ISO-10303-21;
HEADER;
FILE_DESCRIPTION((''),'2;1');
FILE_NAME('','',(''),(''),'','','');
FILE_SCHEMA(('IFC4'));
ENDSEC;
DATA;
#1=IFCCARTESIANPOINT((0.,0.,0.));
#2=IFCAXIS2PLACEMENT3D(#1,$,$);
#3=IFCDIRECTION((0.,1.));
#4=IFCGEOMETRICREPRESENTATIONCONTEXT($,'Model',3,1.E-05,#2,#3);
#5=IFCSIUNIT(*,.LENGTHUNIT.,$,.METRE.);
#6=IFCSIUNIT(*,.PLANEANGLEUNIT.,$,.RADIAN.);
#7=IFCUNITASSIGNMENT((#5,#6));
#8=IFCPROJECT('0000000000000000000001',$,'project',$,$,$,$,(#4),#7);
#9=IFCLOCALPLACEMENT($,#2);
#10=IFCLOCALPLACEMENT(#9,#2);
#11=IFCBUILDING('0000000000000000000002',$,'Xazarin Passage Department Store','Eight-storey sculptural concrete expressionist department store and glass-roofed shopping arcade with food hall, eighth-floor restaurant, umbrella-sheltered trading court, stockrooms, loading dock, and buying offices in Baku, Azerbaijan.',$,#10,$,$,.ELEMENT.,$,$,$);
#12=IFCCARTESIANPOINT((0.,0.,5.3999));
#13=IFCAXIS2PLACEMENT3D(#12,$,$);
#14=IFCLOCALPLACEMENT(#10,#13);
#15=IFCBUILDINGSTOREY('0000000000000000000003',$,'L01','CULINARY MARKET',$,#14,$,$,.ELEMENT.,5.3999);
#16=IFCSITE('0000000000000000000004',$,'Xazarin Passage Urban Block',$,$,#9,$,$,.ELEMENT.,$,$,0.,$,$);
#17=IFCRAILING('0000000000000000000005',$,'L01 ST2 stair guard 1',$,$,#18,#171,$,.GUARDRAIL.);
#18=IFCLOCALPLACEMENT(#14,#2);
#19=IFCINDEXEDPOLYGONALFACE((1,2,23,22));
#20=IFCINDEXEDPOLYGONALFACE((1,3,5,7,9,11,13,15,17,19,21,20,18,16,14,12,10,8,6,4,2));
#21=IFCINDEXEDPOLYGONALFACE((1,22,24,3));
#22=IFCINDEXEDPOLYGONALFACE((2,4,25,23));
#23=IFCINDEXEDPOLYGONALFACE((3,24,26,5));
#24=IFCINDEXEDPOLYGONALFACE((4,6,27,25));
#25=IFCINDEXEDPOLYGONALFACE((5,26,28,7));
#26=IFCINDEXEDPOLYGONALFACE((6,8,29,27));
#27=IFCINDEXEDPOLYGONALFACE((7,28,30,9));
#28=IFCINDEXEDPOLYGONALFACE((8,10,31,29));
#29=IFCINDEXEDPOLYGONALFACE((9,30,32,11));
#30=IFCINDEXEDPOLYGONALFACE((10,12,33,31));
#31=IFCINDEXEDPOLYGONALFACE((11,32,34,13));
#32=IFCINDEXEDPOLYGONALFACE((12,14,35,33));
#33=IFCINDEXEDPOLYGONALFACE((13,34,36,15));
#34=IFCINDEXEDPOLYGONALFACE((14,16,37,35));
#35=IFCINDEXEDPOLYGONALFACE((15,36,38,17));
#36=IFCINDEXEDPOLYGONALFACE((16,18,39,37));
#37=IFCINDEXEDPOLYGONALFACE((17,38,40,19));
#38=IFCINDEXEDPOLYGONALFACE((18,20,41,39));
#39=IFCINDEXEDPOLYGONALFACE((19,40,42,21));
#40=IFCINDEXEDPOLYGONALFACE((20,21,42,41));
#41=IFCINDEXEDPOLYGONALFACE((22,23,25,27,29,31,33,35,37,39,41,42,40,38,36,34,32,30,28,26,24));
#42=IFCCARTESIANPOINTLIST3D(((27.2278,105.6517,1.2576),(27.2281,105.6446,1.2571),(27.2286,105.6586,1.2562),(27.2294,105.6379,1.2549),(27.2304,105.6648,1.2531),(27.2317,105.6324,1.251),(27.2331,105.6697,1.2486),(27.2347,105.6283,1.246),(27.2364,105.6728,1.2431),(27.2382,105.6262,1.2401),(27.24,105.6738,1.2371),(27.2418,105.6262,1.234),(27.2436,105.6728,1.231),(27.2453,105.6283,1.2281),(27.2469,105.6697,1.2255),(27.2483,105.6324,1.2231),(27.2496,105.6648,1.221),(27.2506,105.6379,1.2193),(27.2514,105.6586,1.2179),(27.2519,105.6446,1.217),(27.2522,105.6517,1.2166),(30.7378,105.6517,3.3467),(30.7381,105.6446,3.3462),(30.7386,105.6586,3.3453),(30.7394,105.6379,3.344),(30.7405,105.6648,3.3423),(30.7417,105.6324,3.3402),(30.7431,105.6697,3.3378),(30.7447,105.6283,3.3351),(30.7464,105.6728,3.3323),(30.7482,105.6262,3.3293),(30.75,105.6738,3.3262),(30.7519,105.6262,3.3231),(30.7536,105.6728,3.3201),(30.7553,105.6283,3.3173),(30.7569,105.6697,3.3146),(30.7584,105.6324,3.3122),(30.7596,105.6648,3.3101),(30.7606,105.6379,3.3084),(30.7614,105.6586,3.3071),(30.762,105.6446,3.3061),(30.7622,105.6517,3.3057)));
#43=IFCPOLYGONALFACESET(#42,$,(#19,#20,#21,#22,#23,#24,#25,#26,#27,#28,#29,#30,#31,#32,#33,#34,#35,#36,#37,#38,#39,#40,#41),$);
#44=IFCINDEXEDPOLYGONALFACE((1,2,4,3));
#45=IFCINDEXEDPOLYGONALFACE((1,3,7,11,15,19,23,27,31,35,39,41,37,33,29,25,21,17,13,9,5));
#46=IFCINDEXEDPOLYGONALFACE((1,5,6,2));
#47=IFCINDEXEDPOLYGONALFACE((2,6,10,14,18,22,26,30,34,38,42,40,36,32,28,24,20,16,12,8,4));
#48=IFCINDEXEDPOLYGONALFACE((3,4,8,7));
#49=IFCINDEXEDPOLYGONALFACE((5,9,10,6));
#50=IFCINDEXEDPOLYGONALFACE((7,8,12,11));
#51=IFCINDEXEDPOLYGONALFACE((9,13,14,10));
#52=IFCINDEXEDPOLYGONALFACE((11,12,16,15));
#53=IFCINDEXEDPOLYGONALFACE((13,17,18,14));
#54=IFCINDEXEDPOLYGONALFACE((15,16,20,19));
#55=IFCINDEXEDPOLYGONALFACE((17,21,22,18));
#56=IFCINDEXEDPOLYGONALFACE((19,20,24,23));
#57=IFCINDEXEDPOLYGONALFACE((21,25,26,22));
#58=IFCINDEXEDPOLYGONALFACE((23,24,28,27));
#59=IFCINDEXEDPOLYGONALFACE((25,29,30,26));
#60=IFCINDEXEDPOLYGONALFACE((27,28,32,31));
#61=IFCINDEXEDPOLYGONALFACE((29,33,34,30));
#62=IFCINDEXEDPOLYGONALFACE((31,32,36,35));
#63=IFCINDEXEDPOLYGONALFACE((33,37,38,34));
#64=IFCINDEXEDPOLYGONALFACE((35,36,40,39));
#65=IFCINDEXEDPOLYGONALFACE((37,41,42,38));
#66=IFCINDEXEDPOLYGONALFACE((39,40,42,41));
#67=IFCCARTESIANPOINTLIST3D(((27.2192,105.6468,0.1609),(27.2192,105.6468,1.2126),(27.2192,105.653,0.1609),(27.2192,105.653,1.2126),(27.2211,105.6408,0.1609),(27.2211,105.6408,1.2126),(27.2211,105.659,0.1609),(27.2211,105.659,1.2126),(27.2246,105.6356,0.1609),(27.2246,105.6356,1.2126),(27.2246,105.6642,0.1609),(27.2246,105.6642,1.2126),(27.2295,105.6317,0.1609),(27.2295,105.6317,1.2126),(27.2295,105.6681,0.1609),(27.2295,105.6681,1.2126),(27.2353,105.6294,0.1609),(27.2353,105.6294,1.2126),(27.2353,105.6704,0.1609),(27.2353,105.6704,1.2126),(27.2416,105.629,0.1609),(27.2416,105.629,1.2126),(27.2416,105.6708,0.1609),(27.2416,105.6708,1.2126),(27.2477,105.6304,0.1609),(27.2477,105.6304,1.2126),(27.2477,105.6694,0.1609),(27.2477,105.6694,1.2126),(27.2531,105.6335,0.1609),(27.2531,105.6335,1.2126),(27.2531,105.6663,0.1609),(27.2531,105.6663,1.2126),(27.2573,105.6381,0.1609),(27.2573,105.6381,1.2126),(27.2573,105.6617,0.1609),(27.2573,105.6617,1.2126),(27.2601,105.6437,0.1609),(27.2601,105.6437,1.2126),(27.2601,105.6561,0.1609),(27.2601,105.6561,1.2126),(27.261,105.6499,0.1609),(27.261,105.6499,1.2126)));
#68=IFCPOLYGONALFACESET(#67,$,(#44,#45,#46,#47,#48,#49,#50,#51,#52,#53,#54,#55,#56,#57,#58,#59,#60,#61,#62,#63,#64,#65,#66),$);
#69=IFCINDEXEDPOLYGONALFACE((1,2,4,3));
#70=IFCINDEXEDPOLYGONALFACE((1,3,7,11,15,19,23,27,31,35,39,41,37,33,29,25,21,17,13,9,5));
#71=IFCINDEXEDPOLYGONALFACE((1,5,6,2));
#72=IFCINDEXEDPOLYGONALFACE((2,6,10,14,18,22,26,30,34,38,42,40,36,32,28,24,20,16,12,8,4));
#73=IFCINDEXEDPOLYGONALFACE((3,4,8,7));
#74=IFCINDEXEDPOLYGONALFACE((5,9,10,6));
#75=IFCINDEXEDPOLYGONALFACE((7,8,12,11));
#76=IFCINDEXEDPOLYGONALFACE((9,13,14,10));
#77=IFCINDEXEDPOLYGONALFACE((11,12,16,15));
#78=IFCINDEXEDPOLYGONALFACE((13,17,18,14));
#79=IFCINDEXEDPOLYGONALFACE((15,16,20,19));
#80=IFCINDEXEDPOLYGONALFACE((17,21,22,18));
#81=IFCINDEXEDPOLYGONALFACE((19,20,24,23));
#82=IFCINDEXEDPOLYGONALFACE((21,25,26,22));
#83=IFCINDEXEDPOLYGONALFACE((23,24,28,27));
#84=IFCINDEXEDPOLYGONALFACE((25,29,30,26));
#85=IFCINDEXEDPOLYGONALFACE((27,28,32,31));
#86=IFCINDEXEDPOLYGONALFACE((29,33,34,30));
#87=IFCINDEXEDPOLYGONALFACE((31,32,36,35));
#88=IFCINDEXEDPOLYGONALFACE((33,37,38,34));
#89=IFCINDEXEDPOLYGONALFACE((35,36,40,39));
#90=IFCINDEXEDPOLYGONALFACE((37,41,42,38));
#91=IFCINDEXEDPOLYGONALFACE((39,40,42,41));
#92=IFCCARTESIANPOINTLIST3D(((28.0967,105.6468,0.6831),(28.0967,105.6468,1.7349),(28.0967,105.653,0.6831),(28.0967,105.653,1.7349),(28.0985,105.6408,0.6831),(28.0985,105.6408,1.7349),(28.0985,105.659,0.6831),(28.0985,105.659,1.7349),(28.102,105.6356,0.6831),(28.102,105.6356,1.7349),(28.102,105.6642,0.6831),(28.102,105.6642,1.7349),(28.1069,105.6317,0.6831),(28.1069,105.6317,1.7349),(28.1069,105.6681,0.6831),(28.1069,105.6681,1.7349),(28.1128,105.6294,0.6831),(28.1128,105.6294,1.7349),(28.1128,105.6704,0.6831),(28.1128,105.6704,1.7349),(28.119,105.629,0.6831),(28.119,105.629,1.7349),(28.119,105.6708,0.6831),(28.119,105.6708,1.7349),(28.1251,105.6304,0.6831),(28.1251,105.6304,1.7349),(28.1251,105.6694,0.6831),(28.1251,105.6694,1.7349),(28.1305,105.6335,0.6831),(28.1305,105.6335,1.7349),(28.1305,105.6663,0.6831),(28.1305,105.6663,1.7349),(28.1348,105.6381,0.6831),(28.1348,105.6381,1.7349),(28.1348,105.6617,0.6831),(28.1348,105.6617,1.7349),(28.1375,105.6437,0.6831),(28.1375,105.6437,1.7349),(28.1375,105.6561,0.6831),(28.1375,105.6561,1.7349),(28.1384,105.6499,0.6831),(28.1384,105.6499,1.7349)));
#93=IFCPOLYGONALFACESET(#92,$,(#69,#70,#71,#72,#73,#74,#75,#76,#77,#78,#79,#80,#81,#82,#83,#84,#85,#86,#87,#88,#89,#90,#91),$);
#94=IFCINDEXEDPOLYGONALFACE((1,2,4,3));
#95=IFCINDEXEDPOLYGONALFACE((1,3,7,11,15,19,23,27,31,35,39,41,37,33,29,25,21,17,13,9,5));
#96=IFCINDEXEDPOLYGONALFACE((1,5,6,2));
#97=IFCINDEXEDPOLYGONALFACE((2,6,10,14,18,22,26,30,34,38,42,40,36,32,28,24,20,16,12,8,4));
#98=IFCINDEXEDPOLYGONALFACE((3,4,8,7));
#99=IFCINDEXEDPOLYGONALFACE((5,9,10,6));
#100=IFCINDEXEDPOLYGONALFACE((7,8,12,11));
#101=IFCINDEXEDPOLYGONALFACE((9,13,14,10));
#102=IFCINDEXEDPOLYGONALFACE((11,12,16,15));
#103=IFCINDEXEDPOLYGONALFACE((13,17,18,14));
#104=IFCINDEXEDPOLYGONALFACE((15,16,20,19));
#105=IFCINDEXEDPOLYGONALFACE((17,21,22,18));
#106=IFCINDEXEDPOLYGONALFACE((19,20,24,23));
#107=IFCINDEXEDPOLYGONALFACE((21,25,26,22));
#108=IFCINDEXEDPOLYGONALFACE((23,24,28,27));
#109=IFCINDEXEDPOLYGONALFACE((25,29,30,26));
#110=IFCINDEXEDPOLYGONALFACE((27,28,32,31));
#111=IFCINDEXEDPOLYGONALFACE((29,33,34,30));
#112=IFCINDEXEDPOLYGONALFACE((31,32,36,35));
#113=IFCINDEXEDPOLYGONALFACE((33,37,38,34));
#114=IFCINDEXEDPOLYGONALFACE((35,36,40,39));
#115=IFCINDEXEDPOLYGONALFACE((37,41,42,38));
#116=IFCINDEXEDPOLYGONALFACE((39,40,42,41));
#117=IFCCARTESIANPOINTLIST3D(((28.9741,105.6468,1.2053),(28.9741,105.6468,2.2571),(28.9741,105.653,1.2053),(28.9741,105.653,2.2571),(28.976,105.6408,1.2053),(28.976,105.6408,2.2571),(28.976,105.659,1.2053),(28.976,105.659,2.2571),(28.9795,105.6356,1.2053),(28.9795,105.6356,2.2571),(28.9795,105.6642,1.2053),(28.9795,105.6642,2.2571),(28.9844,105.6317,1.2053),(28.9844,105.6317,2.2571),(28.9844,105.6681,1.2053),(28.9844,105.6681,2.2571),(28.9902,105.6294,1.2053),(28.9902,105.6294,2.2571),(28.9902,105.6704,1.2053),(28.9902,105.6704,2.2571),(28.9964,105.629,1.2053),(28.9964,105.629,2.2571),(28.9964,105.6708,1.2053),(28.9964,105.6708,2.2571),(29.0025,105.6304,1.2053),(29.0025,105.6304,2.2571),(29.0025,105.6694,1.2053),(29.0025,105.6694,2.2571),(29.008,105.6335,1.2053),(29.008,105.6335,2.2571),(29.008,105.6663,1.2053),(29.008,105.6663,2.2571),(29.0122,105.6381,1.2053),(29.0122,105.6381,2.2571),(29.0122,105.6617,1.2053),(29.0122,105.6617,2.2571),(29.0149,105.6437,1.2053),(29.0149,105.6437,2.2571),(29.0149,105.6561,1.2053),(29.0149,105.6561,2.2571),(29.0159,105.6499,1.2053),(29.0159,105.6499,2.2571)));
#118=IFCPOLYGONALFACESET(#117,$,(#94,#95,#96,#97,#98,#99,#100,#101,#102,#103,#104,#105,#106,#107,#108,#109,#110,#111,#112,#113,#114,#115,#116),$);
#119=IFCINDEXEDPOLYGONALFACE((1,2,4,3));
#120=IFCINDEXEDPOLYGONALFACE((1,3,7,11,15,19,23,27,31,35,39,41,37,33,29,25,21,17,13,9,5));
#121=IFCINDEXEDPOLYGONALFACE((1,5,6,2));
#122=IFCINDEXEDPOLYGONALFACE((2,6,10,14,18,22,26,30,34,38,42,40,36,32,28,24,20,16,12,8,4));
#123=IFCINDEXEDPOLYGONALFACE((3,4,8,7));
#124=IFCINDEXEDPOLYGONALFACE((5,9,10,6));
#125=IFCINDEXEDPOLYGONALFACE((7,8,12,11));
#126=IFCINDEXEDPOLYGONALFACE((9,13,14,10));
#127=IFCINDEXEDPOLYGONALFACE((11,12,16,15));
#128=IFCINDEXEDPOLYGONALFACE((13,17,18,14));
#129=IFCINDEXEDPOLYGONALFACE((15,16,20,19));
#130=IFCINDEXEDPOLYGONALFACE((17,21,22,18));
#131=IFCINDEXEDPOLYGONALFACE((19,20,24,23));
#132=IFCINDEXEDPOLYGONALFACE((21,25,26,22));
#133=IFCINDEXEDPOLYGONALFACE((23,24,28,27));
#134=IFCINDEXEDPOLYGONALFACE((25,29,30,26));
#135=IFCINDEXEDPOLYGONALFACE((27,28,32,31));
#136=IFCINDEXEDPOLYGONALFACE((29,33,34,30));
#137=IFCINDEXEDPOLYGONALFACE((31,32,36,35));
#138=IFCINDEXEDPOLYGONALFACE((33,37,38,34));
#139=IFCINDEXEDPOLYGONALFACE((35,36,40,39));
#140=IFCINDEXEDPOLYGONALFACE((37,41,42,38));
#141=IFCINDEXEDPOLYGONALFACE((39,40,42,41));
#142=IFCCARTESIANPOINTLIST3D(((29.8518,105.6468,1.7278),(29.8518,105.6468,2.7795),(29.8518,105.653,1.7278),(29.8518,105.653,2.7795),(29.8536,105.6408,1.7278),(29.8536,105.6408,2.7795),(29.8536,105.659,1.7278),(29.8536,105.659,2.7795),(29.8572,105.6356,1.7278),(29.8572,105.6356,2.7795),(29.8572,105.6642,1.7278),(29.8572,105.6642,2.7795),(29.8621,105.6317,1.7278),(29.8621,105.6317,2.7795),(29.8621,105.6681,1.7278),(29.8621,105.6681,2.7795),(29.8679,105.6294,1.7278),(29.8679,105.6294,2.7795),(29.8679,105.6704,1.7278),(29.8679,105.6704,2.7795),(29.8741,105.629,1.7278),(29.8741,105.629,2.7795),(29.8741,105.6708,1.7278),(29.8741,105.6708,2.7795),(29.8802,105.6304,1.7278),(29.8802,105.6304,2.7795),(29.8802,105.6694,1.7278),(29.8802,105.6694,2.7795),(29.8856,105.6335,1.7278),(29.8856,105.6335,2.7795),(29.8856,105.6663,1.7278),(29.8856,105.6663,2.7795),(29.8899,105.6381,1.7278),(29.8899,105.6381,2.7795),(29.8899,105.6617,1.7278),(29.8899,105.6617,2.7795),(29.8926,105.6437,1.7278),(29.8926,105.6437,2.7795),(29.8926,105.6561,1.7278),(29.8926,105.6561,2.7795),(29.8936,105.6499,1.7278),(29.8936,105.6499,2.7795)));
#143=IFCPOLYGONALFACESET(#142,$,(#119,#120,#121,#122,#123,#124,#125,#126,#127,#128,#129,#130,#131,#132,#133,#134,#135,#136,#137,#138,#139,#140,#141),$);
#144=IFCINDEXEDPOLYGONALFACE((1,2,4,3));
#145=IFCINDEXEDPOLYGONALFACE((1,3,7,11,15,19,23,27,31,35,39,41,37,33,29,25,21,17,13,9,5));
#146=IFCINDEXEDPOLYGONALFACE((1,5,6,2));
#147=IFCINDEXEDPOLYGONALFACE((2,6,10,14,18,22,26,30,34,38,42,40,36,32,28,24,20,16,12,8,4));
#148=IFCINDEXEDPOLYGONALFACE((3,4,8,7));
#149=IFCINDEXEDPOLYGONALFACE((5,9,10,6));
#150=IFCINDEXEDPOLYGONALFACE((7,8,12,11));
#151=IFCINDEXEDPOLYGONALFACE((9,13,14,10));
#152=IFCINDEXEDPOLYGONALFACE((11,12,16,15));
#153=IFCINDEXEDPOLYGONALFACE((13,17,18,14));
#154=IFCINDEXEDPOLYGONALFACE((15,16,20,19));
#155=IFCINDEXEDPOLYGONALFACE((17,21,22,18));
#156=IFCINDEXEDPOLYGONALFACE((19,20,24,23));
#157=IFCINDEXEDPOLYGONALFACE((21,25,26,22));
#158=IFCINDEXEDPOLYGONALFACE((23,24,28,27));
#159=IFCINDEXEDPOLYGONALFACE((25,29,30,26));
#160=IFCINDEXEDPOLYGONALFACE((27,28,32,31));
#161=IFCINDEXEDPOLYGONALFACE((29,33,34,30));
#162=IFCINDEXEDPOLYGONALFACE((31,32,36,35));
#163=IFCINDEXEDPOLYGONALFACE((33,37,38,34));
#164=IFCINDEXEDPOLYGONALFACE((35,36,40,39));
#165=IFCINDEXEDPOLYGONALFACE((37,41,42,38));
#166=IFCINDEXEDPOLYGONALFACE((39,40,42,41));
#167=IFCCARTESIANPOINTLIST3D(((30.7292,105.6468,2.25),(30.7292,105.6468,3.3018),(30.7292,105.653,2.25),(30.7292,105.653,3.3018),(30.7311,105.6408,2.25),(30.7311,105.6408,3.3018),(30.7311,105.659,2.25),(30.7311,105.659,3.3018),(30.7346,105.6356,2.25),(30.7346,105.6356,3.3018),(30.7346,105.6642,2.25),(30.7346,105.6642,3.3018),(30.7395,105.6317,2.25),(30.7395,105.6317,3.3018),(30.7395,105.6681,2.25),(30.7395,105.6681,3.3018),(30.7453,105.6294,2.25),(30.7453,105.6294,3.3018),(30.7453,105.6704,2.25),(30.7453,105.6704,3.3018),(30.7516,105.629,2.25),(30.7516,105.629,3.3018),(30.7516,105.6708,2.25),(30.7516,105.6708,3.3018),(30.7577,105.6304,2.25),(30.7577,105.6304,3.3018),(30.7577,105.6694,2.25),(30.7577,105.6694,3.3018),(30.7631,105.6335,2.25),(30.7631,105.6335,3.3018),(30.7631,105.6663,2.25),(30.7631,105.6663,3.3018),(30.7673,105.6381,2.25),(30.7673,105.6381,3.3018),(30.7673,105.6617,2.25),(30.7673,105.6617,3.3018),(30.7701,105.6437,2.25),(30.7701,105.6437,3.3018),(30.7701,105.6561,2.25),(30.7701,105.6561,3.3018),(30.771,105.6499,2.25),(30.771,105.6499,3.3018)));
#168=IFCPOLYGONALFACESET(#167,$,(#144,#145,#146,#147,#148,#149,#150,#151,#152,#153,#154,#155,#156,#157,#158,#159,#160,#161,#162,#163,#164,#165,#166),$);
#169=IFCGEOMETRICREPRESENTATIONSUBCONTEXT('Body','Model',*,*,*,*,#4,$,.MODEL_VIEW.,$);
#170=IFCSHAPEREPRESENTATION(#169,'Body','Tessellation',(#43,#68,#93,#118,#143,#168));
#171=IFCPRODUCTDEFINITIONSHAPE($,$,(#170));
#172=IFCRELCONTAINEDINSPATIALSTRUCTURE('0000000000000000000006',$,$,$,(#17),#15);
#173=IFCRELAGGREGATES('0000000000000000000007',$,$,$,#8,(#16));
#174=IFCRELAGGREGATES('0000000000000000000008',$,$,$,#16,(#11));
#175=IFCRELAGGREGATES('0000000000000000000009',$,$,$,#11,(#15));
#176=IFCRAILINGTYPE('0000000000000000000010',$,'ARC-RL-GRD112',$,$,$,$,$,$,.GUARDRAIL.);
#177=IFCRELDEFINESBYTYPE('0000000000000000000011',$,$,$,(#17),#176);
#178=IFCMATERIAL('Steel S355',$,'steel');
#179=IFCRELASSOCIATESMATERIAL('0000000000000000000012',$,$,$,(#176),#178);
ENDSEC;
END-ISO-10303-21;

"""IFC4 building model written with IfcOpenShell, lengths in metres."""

from ifc_helpers import new_model, si_unit, direction, frame, origin, origin_2d, place, context, subcontext, project, spatial, circle, extrude, material, type_object, element, save


model = new_model("IFC4")

# Units and contexts
model_context = context("Model", 3, precision=1e-05, world=origin(), true_north=direction((0.0, 1.0)))
body_context = subcontext(model_context, "Body", "Model", "MODEL_VIEW")
ifc_project = project(units=[si_unit("LENGTHUNIT", "METRE"), si_unit("PLANEANGLEUNIT", "RADIAN")], contexts=[model_context])

# Site, building, storey
site_placement = place(None, origin())
site = spatial("IfcSite", under=ifc_project, at=site_placement, Name="Xazarin Passage Urban Block", CompositionType="ELEMENT", RefElevation=0.0)
building_placement = place(site_placement, origin())
building = spatial("IfcBuilding", under=site, at=building_placement, Name="Xazarin Passage Department Store", Description="Eight-storey sculptural concrete expressionist department store and glass-roofed shopping arcade with food hall, eighth-floor restaurant, umbrella-sheltered trading court, stockrooms, loading dock, and buying offices in Baku, Azerbaijan.", CompositionType="ELEMENT")
storey_placement = place(building_placement, frame((0.0, 0.0, 5.3999)))
storey = spatial("IfcBuildingStorey", under=building, at=storey_placement, Name="L01", Description="CULINARY MARKET", CompositionType="ELEMENT", Elevation=5.3999)

# Railing
ifc_material_1 = material(Name="Steel S355", Category="steel")
railing_type_1 = type_object("IfcRailingType", Name="ARC-RL-GRD112", PredefinedType="GUARDRAIL", material=ifc_material_1)
railing_1_placement = place(storey_placement, frame((27.24, 105.6499, 0.1609)))
element("IfcRailing", 1, at=railing_1_placement, inside=storey, type_object=railing_type_1, Name="L01 ST2 stair guard 1", PredefinedType="GUARDRAIL", context=body_context, shape_type="SweptSolid", body=[
    extrude(circle(Radius=0.0239, at=origin_2d()), frame((0.0, 0.0, 1.0762), z_axis=(0.859312, 0.0, 0.511451), x_axis=(0.0, 1.0, 0.0)), (0.0, 0.0, 1.0), 4.0847),
    extrude(circle(Radius=0.021, at=origin_2d()), origin(), (0.0, 0.0, 1.0), 1.0518),
    extrude(circle(Radius=0.021, at=origin_2d()), frame((0.8774, 0.0, 0.5222)), (0.0, 0.0, 1.0), 1.0518),
    extrude(circle(Radius=0.021, at=origin_2d()), frame((1.7549, 0.0, 1.0444)), (0.0, 0.0, 1.0), 1.0518),
    extrude(circle(Radius=0.021, at=origin_2d()), frame((2.6326, 0.0, 1.5669)), (0.0, 0.0, 1.0), 1.0518),
    extrude(circle(Radius=0.021, at=origin_2d()), frame((3.51, 0.0, 2.0891)), (0.0, 0.0, 1.0), 1.0518),
])

save(model, "model.ifc")
